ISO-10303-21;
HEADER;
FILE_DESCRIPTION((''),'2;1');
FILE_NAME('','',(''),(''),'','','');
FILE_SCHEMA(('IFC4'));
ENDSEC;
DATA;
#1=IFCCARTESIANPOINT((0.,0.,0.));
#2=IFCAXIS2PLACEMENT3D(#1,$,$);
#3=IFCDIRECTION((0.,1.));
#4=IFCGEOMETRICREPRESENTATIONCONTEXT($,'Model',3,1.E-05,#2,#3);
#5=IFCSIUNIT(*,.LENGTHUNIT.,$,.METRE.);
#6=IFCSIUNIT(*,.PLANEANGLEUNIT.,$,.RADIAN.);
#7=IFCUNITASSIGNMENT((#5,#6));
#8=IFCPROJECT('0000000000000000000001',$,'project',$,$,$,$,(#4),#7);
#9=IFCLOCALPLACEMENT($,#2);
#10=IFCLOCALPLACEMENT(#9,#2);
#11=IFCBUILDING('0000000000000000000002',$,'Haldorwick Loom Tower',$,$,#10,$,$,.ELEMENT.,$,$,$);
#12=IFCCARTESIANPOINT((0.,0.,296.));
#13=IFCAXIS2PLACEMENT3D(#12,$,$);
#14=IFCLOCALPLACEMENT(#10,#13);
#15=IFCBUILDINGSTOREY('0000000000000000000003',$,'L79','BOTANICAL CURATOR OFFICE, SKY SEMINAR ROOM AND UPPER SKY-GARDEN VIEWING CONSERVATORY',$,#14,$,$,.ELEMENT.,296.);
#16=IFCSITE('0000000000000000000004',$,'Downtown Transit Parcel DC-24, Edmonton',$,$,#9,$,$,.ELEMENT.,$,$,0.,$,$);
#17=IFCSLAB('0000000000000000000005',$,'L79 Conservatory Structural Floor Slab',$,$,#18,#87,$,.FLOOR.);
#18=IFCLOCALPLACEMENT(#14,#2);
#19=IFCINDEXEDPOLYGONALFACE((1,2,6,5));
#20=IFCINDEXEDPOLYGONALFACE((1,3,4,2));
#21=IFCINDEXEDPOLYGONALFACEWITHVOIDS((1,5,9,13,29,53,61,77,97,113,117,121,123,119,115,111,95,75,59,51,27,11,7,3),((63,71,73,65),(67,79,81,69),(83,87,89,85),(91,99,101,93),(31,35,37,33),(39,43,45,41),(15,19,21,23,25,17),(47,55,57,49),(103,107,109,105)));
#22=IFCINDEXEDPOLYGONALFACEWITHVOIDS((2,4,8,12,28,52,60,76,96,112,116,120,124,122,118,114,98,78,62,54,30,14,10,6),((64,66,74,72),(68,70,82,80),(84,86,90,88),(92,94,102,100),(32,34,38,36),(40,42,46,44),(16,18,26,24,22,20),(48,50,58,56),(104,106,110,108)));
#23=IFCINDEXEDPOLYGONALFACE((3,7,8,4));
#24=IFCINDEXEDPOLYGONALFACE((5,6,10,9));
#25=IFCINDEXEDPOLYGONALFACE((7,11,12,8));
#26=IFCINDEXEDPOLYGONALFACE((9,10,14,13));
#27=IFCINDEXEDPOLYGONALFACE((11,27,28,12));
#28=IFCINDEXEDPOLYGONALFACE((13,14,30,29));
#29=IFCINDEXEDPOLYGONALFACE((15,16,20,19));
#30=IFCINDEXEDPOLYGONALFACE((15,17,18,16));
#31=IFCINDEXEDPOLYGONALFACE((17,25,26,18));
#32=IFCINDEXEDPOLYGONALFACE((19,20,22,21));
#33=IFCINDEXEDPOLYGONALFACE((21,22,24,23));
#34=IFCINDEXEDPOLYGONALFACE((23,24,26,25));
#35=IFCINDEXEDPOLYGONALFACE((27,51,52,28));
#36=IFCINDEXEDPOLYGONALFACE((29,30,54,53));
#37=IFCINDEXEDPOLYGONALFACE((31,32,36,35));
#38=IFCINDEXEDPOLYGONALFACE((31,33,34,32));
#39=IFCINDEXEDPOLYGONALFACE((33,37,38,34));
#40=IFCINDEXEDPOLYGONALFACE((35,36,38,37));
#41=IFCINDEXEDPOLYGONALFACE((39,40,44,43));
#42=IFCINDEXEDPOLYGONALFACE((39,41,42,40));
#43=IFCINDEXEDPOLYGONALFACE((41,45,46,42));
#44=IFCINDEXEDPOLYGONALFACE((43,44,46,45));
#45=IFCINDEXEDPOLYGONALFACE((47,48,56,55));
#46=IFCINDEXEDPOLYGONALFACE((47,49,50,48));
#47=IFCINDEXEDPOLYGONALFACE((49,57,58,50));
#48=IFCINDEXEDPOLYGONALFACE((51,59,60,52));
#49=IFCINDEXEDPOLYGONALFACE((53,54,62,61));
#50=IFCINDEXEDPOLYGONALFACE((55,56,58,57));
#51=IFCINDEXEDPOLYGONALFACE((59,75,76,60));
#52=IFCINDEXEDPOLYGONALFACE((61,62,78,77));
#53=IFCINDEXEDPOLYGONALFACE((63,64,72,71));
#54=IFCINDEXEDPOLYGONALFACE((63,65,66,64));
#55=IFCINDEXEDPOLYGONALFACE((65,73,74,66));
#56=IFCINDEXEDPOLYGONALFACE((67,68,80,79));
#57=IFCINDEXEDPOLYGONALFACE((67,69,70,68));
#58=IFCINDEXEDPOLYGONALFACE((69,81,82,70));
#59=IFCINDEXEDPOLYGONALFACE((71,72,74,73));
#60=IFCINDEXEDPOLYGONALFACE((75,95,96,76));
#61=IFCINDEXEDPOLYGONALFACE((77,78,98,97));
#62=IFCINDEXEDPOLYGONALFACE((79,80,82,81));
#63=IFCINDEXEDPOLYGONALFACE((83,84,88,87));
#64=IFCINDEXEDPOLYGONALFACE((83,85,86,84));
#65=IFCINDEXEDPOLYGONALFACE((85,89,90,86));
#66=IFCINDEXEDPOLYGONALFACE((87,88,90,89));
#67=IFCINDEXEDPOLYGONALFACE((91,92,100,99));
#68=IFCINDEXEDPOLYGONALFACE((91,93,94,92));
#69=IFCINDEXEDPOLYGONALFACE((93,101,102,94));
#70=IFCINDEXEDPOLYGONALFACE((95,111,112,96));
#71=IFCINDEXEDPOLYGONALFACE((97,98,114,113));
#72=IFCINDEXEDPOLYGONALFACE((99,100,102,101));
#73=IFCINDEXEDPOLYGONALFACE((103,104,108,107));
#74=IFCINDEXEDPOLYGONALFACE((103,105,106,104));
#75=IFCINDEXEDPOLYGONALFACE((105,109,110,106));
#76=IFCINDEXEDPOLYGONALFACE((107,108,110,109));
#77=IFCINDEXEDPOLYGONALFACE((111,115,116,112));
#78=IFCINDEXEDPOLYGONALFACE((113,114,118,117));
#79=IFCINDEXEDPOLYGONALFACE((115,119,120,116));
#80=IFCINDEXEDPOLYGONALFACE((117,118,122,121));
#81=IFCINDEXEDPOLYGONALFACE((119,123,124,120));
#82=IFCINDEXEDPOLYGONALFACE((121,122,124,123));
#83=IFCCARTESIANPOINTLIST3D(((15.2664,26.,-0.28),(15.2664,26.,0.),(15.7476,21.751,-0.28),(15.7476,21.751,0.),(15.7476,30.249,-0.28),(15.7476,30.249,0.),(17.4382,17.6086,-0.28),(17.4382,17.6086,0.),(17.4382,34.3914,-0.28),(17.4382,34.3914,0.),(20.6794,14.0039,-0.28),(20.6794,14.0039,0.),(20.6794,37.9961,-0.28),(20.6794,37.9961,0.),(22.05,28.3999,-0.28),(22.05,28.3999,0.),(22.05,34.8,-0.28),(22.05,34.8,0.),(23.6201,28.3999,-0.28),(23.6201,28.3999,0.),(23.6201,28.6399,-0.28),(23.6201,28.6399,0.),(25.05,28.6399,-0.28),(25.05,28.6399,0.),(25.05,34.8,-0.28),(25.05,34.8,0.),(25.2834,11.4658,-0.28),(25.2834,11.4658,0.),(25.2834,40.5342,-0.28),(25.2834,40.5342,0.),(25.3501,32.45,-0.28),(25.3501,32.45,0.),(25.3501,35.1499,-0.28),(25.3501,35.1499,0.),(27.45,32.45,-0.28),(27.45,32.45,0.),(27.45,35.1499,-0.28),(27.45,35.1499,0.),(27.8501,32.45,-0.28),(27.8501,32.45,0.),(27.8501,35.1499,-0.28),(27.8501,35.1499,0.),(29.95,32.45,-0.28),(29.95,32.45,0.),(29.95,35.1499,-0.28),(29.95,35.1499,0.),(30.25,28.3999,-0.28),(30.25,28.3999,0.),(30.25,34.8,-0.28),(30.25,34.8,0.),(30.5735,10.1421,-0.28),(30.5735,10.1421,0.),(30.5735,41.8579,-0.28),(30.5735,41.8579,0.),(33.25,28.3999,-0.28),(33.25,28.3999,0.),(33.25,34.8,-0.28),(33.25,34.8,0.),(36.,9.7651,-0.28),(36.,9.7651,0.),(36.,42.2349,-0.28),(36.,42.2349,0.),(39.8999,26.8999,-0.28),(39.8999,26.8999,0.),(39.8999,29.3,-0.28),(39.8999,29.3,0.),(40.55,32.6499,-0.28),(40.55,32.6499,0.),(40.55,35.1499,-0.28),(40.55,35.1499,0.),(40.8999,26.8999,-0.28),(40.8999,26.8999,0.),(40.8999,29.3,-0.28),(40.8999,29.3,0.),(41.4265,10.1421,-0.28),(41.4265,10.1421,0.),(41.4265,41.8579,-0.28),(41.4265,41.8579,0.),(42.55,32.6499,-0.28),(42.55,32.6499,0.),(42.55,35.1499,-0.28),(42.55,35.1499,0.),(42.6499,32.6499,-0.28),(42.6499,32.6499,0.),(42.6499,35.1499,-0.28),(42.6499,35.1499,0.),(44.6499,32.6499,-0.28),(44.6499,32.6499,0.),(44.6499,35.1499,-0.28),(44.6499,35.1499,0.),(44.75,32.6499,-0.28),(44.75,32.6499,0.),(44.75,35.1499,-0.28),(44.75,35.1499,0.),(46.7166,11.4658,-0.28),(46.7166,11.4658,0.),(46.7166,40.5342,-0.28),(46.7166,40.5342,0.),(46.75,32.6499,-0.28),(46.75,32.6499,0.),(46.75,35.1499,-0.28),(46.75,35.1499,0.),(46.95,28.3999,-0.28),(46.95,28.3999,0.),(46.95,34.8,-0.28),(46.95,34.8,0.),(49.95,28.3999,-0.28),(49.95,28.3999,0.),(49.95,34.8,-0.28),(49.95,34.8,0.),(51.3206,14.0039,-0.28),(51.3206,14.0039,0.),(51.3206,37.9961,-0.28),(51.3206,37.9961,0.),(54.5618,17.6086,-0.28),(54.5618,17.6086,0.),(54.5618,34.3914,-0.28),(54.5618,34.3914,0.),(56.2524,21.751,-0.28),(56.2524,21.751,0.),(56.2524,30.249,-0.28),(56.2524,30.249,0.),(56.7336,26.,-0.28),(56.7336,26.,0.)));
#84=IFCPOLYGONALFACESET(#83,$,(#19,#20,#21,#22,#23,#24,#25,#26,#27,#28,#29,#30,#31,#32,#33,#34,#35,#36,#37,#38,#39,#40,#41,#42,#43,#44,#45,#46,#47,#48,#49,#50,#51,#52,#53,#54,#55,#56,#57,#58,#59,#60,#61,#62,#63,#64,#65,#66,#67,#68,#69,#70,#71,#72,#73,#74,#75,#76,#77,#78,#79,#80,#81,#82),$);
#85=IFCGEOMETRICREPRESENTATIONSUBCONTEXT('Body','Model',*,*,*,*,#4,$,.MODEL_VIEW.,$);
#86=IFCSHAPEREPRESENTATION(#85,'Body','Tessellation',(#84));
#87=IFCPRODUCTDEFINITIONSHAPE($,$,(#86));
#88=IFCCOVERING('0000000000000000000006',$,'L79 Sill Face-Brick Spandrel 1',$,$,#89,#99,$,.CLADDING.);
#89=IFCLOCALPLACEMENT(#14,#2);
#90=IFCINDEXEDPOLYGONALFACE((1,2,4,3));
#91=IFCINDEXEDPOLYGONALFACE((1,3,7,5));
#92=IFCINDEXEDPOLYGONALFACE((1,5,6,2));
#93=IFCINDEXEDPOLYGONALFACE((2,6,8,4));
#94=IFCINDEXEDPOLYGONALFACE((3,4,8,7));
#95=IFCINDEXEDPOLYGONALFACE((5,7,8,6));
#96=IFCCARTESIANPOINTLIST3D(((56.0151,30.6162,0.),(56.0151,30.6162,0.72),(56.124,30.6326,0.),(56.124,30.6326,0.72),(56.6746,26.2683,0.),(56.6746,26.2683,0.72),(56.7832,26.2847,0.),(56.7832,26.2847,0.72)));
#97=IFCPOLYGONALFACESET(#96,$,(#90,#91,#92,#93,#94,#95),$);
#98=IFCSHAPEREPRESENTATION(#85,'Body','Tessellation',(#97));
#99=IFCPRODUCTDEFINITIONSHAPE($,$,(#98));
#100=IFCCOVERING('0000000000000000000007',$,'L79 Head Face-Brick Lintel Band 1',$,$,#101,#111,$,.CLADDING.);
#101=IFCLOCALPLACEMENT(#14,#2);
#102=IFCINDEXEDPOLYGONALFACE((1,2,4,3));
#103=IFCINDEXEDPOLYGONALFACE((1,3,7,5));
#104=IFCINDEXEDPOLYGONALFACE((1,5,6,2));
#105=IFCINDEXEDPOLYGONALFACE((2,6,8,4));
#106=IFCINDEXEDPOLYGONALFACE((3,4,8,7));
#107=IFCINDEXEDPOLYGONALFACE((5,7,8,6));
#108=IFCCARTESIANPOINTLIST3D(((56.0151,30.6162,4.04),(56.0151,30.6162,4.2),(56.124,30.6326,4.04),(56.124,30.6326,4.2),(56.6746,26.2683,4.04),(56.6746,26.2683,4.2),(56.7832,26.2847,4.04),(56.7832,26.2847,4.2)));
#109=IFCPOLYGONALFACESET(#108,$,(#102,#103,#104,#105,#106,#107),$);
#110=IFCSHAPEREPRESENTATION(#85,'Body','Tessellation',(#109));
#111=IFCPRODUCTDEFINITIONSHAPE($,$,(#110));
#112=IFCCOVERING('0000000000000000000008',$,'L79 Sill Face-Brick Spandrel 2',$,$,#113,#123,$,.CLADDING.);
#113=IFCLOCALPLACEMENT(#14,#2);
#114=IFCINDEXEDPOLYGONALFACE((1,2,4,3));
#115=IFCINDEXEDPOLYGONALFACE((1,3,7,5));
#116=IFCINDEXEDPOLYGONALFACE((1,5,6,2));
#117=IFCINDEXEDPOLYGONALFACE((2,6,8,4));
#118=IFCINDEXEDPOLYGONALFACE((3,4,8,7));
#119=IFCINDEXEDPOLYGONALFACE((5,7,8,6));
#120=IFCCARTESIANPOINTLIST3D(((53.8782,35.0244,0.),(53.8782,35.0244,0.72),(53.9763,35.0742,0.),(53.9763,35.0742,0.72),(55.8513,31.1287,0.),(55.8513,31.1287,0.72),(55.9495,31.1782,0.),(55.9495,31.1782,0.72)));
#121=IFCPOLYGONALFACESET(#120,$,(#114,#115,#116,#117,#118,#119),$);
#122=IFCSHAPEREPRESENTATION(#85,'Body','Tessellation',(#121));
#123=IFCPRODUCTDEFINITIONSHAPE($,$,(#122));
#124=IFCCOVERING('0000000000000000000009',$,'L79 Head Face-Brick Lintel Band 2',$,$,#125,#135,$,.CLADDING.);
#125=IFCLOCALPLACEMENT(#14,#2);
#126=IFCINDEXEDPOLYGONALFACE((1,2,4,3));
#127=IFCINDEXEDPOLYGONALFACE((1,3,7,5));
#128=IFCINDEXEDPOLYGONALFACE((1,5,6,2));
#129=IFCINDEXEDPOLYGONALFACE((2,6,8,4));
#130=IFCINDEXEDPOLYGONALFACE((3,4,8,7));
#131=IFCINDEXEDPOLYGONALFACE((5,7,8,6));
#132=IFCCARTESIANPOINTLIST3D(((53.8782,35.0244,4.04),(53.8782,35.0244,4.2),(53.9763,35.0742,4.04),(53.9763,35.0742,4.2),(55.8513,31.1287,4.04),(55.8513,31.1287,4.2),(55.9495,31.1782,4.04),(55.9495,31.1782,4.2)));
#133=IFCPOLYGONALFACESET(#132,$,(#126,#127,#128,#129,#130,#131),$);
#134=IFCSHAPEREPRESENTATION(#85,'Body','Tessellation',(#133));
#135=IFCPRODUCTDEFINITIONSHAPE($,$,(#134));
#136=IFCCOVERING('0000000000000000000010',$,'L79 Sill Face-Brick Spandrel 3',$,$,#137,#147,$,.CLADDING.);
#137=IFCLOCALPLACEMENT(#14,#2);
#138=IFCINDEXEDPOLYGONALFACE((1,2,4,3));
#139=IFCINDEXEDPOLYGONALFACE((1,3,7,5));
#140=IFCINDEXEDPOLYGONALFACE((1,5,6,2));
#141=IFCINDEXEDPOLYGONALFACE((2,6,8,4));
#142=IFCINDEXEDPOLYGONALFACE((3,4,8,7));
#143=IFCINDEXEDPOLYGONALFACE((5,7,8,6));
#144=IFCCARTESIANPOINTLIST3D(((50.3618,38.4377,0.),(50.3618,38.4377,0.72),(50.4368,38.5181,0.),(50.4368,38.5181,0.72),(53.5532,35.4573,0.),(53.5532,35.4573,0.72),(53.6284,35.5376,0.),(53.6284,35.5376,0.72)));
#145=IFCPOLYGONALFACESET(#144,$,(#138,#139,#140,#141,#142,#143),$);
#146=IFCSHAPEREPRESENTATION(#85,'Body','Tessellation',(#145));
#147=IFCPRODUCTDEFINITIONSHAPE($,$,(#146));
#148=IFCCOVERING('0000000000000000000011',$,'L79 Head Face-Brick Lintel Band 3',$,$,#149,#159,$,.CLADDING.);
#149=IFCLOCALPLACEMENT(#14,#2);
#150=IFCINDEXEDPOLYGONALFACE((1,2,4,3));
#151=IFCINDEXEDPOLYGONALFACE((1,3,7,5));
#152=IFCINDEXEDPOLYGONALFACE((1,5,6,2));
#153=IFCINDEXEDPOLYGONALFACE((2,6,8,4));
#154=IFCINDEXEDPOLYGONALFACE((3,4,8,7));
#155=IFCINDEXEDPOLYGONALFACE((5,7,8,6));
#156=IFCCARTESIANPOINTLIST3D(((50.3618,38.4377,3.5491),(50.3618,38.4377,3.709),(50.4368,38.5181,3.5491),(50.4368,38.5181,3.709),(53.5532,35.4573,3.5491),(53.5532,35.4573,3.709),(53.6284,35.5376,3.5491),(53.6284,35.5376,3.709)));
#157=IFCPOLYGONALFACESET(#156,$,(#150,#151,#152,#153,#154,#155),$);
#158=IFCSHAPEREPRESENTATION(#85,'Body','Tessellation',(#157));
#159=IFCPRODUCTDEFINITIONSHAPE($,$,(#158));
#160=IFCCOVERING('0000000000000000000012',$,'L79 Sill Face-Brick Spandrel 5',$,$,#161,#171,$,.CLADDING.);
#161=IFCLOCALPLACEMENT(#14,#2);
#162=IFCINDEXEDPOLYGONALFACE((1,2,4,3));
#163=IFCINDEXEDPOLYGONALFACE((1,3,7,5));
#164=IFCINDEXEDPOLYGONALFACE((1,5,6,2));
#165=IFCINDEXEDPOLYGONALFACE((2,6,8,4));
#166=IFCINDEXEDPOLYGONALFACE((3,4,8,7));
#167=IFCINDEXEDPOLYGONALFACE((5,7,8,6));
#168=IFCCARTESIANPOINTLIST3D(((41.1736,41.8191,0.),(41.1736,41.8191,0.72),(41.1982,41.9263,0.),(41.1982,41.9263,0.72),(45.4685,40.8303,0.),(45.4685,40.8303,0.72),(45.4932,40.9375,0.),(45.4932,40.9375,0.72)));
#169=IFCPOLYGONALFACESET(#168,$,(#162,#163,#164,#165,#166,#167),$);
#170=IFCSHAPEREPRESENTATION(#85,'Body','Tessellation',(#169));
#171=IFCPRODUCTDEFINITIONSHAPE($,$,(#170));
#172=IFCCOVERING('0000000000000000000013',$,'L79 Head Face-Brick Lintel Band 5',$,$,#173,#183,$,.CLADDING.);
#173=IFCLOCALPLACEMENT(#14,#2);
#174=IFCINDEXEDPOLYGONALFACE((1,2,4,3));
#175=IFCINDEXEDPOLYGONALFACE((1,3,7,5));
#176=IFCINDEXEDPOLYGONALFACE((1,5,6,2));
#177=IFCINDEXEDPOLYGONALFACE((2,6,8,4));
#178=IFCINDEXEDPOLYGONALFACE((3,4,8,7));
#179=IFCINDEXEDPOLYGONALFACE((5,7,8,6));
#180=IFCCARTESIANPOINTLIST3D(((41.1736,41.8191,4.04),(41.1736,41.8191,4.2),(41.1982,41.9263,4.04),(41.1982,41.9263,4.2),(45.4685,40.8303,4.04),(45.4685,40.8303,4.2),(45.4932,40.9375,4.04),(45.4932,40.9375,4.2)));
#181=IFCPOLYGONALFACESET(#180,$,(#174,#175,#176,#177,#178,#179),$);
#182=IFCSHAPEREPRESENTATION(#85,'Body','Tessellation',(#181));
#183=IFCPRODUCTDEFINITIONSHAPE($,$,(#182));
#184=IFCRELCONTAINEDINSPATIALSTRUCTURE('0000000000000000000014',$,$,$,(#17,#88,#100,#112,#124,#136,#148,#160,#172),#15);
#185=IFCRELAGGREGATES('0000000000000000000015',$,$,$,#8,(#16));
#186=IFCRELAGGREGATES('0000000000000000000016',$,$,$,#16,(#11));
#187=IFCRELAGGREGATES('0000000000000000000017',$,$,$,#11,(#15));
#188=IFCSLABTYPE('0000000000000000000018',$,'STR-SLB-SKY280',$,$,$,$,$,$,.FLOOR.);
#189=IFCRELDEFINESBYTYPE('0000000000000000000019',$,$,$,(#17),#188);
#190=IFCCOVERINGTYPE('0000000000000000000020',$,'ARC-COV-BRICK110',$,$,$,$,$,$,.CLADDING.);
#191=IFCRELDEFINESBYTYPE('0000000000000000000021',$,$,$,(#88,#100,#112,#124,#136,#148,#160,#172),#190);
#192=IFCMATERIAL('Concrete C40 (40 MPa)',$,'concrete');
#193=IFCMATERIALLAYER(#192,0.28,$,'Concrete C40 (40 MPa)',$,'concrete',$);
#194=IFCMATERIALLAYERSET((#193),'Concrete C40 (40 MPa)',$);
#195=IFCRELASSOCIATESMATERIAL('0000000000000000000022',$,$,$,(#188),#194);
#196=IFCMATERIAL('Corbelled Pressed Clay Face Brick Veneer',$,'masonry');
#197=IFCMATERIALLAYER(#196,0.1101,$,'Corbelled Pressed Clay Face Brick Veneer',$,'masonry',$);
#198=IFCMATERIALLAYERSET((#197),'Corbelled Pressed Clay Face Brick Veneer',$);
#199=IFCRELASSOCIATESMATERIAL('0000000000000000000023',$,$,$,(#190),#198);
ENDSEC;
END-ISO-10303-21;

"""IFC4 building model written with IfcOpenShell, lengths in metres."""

from ifc_helpers import new_model, si_unit, direction, frame, origin, place, context, subcontext, project, spatial, polyline, outline, extrude, material, layer, layer_set, type_object, element, save


model = new_model("IFC4")

# Units and contexts
model_context = context("Model", 3, precision=1e-05, world=origin(), true_north=direction((0.0, 1.0)))
body_context = subcontext(model_context, "Body", "Model", "MODEL_VIEW")
ifc_project = project(units=[si_unit("LENGTHUNIT", "METRE"), si_unit("PLANEANGLEUNIT", "RADIAN")], contexts=[model_context])

# Site, building, storey
site_placement = place(None, origin())
site = spatial("IfcSite", under=ifc_project, at=site_placement, Name="Downtown Transit Parcel DC-24, Edmonton", CompositionType="ELEMENT", RefElevation=0.0)
building_placement = place(site_placement, origin())
building = spatial("IfcBuilding", under=site, at=building_placement, Name="Haldorwick Loom Tower", CompositionType="ELEMENT")
storey_placement = place(building_placement, frame((0.0, 0.0, 296.0)))
storey = spatial("IfcBuildingStorey", under=building, at=storey_placement, Name="L79", Description="BOTANICAL CURATOR OFFICE, SKY SEMINAR ROOM AND UPPER SKY-GARDEN VIEWING CONSERVATORY", CompositionType="ELEMENT", Elevation=296.0)

# Slab
ifc_material_1 = material(Name="Concrete C40 (40 MPa)", Category="concrete")
ifc_layer_1 = layer(ifc_material_1, 0.28, Name="Concrete C40 (40 MPa)", Category="concrete")
ifc_layer_set_1 = layer_set([ifc_layer_1], Name="Concrete C40 (40 MPa)")
slab_type = type_object("IfcSlabType", Name="STR-SLB-SKY280", PredefinedType="FLOOR", material=ifc_layer_set_1)
slab_placement = place(storey_placement, frame((0.0, 0.0, -0.28)))
element("IfcSlab", 1, at=slab_placement, inside=storey, type_object=slab_type, Name="L79 Conservatory Structural Floor Slab", PredefinedType="FLOOR", context=body_context, shape_type="SweptSolid", body=[
    extrude(outline(polyline([(54.5618, 17.6086), (56.2524, 21.751), (56.7336, 26.0), (56.2524, 30.249), (54.5618, 34.3914), (51.3206, 37.9961), (46.7166, 40.5342), (41.4265, 41.8579), (36.0, 42.2349), (30.5735, 41.8579), (25.2834, 40.5342), (20.6794, 37.9961), (17.4382, 34.3914), (15.7476, 30.249), (15.2664, 26.0), (15.7476, 21.751), (17.4382, 17.6086), (20.6794, 14.0039), (25.2834, 11.4658), (30.5735, 10.1421), (36.0, 9.7651), (41.4265, 10.1421), (46.7166, 11.4658), (51.3206, 14.0039), (54.5618, 17.6086)]), holes=[polyline([(39.8999, 26.8999), (39.8999, 29.3), (40.8999, 29.3), (40.8999, 26.8999), (39.8999, 26.8999)]), polyline([(22.05, 28.3999), (22.05, 34.8), (25.05, 34.8), (25.05, 28.6399), (23.6201, 28.6399), (23.6201, 28.3999), (22.05, 28.3999)]), polyline([(30.25, 28.3999), (30.25, 34.8), (33.25, 34.8), (33.25, 28.3999), (30.25, 28.3999)]), polyline([(46.95, 28.3999), (46.95, 34.8), (49.95, 34.8), (49.95, 28.3999), (46.95, 28.3999)]), polyline([(25.3501, 32.45), (25.3501, 35.1499), (27.45, 35.1499), (27.45, 32.45), (25.3501, 32.45)]), polyline([(27.8501, 32.45), (27.8501, 35.1499), (29.95, 35.1499), (29.95, 32.45), (27.8501, 32.45)]), polyline([(40.55, 32.6499), (40.55, 35.1499), (42.55, 35.1499), (42.55, 32.6499), (40.55, 32.6499)]), polyline([(42.6499, 35.1499), (44.6499, 35.1499), (44.6499, 32.6499), (42.6499, 32.6499), (42.6499, 35.1499)]), polyline([(44.75, 35.1499), (46.75, 35.1499), (46.75, 32.6499), (44.75, 32.6499), (44.75, 35.1499)])]), origin(), (0.0, 0.0, 1.0), 0.28),
])

# Coverings
ifc_material_2 = material(Name="Corbelled Pressed Clay Face Brick Veneer", Category="masonry")
ifc_layer_2 = layer(ifc_material_2, 0.1101, Name="Corbelled Pressed Clay Face Brick Veneer", Category="masonry")
ifc_layer_set_2 = layer_set([ifc_layer_2], Name="Corbelled Pressed Clay Face Brick Veneer")
covering_type = type_object("IfcCoveringType", Name="ARC-COV-BRICK110", PredefinedType="CLADDING", material=ifc_layer_set_2)
covering_1_placement = place(storey_placement, origin())
element("IfcCovering", 2, at=covering_1_placement, inside=storey, type_object=covering_type, Name="L79 Sill Face-Brick Spandrel 1", PredefinedType="CLADDING", context=body_context, shape_type="SweptSolid", body=[
    extrude(outline(polyline([(56.7832, 26.2847), (56.124, 30.6326), (56.0151, 30.6162), (56.6746, 26.2683), (56.7832, 26.2847)])), origin(), (0.0, 0.0, 1.0), 0.72),
])
covering_2_placement = place(storey_placement, frame((0.0, 0.0, 4.04)))
element("IfcCovering", 3, at=covering_2_placement, inside=storey, type_object=covering_type, Name="L79 Head Face-Brick Lintel Band 1", PredefinedType="CLADDING", context=body_context, shape_type="SweptSolid", body=[
    extrude(outline(polyline([(56.7832, 26.2847), (56.124, 30.6326), (56.0151, 30.6162), (56.6746, 26.2683), (56.7832, 26.2847)])), origin(), (0.0, 0.0, 1.0), 0.1599),
])
covering_3_placement = place(storey_placement, origin())
element("IfcCovering", 4, at=covering_3_placement, inside=storey, type_object=covering_type, Name="L79 Sill Face-Brick Spandrel 2", PredefinedType="CLADDING", context=body_context, shape_type="SweptSolid", body=[
    extrude(outline(polyline([(55.9495, 31.1782), (53.9763, 35.0742), (53.8782, 35.0244), (55.8513, 31.1287), (55.9495, 31.1782)])), origin(), (0.0, 0.0, 1.0), 0.72),
])
covering_4_placement = place(storey_placement, frame((0.0, 0.0, 4.04)))
element("IfcCovering", 5, at=covering_4_placement, inside=storey, type_object=covering_type, Name="L79 Head Face-Brick Lintel Band 2", PredefinedType="CLADDING", context=body_context, shape_type="SweptSolid", body=[
    extrude(outline(polyline([(55.9495, 31.1782), (53.9763, 35.0742), (53.8782, 35.0244), (55.8513, 31.1287), (55.9495, 31.1782)])), origin(), (0.0, 0.0, 1.0), 0.1599),
])
covering_5_placement = place(storey_placement, origin())
element("IfcCovering", 6, at=covering_5_placement, inside=storey, type_object=covering_type, Name="L79 Sill Face-Brick Spandrel 3", PredefinedType="CLADDING", context=body_context, shape_type="SweptSolid", body=[
    extrude(outline(polyline([(53.6284, 35.5376), (50.4368, 38.5181), (50.3618, 38.4377), (53.5532, 35.4573), (53.6284, 35.5376)])), origin(), (0.0, 0.0, 1.0), 0.72),
])
covering_6_placement = place(storey_placement, frame((0.0, 0.0, 3.5491)))
element("IfcCovering", 7, at=covering_6_placement, inside=storey, type_object=covering_type, Name="L79 Head Face-Brick Lintel Band 3", PredefinedType="CLADDING", context=body_context, shape_type="SweptSolid", body=[
    extrude(outline(polyline([(53.6284, 35.5376), (50.4368, 38.5181), (50.3618, 38.4377), (53.5532, 35.4573), (53.6284, 35.5376)])), origin(), (0.0, 0.0, 1.0), 0.1599),
])
covering_7_placement = place(storey_placement, origin())
element("IfcCovering", 8, at=covering_7_placement, inside=storey, type_object=covering_type, Name="L79 Sill Face-Brick Spandrel 5", PredefinedType="CLADDING", context=body_context, shape_type="SweptSolid", body=[
    extrude(outline(polyline([(45.4932, 40.9375), (41.1982, 41.9263), (41.1736, 41.8191), (45.4685, 40.8303), (45.4932, 40.9375)])), origin(), (0.0, 0.0, 1.0), 0.72),
])
covering_8_placement = place(storey_placement, frame((0.0, 0.0, 4.04)))
element("IfcCovering", 9, at=covering_8_placement, inside=storey, type_object=covering_type, Name="L79 Head Face-Brick Lintel Band 5", PredefinedType="CLADDING", context=body_context, shape_type="SweptSolid", body=[
    extrude(outline(polyline([(45.4932, 40.9375), (41.1982, 41.9263), (41.1736, 41.8191), (45.4685, 40.8303), (45.4932, 40.9375)])), origin(), (0.0, 0.0, 1.0), 0.1599),
])

save(model, "model.ifc")
